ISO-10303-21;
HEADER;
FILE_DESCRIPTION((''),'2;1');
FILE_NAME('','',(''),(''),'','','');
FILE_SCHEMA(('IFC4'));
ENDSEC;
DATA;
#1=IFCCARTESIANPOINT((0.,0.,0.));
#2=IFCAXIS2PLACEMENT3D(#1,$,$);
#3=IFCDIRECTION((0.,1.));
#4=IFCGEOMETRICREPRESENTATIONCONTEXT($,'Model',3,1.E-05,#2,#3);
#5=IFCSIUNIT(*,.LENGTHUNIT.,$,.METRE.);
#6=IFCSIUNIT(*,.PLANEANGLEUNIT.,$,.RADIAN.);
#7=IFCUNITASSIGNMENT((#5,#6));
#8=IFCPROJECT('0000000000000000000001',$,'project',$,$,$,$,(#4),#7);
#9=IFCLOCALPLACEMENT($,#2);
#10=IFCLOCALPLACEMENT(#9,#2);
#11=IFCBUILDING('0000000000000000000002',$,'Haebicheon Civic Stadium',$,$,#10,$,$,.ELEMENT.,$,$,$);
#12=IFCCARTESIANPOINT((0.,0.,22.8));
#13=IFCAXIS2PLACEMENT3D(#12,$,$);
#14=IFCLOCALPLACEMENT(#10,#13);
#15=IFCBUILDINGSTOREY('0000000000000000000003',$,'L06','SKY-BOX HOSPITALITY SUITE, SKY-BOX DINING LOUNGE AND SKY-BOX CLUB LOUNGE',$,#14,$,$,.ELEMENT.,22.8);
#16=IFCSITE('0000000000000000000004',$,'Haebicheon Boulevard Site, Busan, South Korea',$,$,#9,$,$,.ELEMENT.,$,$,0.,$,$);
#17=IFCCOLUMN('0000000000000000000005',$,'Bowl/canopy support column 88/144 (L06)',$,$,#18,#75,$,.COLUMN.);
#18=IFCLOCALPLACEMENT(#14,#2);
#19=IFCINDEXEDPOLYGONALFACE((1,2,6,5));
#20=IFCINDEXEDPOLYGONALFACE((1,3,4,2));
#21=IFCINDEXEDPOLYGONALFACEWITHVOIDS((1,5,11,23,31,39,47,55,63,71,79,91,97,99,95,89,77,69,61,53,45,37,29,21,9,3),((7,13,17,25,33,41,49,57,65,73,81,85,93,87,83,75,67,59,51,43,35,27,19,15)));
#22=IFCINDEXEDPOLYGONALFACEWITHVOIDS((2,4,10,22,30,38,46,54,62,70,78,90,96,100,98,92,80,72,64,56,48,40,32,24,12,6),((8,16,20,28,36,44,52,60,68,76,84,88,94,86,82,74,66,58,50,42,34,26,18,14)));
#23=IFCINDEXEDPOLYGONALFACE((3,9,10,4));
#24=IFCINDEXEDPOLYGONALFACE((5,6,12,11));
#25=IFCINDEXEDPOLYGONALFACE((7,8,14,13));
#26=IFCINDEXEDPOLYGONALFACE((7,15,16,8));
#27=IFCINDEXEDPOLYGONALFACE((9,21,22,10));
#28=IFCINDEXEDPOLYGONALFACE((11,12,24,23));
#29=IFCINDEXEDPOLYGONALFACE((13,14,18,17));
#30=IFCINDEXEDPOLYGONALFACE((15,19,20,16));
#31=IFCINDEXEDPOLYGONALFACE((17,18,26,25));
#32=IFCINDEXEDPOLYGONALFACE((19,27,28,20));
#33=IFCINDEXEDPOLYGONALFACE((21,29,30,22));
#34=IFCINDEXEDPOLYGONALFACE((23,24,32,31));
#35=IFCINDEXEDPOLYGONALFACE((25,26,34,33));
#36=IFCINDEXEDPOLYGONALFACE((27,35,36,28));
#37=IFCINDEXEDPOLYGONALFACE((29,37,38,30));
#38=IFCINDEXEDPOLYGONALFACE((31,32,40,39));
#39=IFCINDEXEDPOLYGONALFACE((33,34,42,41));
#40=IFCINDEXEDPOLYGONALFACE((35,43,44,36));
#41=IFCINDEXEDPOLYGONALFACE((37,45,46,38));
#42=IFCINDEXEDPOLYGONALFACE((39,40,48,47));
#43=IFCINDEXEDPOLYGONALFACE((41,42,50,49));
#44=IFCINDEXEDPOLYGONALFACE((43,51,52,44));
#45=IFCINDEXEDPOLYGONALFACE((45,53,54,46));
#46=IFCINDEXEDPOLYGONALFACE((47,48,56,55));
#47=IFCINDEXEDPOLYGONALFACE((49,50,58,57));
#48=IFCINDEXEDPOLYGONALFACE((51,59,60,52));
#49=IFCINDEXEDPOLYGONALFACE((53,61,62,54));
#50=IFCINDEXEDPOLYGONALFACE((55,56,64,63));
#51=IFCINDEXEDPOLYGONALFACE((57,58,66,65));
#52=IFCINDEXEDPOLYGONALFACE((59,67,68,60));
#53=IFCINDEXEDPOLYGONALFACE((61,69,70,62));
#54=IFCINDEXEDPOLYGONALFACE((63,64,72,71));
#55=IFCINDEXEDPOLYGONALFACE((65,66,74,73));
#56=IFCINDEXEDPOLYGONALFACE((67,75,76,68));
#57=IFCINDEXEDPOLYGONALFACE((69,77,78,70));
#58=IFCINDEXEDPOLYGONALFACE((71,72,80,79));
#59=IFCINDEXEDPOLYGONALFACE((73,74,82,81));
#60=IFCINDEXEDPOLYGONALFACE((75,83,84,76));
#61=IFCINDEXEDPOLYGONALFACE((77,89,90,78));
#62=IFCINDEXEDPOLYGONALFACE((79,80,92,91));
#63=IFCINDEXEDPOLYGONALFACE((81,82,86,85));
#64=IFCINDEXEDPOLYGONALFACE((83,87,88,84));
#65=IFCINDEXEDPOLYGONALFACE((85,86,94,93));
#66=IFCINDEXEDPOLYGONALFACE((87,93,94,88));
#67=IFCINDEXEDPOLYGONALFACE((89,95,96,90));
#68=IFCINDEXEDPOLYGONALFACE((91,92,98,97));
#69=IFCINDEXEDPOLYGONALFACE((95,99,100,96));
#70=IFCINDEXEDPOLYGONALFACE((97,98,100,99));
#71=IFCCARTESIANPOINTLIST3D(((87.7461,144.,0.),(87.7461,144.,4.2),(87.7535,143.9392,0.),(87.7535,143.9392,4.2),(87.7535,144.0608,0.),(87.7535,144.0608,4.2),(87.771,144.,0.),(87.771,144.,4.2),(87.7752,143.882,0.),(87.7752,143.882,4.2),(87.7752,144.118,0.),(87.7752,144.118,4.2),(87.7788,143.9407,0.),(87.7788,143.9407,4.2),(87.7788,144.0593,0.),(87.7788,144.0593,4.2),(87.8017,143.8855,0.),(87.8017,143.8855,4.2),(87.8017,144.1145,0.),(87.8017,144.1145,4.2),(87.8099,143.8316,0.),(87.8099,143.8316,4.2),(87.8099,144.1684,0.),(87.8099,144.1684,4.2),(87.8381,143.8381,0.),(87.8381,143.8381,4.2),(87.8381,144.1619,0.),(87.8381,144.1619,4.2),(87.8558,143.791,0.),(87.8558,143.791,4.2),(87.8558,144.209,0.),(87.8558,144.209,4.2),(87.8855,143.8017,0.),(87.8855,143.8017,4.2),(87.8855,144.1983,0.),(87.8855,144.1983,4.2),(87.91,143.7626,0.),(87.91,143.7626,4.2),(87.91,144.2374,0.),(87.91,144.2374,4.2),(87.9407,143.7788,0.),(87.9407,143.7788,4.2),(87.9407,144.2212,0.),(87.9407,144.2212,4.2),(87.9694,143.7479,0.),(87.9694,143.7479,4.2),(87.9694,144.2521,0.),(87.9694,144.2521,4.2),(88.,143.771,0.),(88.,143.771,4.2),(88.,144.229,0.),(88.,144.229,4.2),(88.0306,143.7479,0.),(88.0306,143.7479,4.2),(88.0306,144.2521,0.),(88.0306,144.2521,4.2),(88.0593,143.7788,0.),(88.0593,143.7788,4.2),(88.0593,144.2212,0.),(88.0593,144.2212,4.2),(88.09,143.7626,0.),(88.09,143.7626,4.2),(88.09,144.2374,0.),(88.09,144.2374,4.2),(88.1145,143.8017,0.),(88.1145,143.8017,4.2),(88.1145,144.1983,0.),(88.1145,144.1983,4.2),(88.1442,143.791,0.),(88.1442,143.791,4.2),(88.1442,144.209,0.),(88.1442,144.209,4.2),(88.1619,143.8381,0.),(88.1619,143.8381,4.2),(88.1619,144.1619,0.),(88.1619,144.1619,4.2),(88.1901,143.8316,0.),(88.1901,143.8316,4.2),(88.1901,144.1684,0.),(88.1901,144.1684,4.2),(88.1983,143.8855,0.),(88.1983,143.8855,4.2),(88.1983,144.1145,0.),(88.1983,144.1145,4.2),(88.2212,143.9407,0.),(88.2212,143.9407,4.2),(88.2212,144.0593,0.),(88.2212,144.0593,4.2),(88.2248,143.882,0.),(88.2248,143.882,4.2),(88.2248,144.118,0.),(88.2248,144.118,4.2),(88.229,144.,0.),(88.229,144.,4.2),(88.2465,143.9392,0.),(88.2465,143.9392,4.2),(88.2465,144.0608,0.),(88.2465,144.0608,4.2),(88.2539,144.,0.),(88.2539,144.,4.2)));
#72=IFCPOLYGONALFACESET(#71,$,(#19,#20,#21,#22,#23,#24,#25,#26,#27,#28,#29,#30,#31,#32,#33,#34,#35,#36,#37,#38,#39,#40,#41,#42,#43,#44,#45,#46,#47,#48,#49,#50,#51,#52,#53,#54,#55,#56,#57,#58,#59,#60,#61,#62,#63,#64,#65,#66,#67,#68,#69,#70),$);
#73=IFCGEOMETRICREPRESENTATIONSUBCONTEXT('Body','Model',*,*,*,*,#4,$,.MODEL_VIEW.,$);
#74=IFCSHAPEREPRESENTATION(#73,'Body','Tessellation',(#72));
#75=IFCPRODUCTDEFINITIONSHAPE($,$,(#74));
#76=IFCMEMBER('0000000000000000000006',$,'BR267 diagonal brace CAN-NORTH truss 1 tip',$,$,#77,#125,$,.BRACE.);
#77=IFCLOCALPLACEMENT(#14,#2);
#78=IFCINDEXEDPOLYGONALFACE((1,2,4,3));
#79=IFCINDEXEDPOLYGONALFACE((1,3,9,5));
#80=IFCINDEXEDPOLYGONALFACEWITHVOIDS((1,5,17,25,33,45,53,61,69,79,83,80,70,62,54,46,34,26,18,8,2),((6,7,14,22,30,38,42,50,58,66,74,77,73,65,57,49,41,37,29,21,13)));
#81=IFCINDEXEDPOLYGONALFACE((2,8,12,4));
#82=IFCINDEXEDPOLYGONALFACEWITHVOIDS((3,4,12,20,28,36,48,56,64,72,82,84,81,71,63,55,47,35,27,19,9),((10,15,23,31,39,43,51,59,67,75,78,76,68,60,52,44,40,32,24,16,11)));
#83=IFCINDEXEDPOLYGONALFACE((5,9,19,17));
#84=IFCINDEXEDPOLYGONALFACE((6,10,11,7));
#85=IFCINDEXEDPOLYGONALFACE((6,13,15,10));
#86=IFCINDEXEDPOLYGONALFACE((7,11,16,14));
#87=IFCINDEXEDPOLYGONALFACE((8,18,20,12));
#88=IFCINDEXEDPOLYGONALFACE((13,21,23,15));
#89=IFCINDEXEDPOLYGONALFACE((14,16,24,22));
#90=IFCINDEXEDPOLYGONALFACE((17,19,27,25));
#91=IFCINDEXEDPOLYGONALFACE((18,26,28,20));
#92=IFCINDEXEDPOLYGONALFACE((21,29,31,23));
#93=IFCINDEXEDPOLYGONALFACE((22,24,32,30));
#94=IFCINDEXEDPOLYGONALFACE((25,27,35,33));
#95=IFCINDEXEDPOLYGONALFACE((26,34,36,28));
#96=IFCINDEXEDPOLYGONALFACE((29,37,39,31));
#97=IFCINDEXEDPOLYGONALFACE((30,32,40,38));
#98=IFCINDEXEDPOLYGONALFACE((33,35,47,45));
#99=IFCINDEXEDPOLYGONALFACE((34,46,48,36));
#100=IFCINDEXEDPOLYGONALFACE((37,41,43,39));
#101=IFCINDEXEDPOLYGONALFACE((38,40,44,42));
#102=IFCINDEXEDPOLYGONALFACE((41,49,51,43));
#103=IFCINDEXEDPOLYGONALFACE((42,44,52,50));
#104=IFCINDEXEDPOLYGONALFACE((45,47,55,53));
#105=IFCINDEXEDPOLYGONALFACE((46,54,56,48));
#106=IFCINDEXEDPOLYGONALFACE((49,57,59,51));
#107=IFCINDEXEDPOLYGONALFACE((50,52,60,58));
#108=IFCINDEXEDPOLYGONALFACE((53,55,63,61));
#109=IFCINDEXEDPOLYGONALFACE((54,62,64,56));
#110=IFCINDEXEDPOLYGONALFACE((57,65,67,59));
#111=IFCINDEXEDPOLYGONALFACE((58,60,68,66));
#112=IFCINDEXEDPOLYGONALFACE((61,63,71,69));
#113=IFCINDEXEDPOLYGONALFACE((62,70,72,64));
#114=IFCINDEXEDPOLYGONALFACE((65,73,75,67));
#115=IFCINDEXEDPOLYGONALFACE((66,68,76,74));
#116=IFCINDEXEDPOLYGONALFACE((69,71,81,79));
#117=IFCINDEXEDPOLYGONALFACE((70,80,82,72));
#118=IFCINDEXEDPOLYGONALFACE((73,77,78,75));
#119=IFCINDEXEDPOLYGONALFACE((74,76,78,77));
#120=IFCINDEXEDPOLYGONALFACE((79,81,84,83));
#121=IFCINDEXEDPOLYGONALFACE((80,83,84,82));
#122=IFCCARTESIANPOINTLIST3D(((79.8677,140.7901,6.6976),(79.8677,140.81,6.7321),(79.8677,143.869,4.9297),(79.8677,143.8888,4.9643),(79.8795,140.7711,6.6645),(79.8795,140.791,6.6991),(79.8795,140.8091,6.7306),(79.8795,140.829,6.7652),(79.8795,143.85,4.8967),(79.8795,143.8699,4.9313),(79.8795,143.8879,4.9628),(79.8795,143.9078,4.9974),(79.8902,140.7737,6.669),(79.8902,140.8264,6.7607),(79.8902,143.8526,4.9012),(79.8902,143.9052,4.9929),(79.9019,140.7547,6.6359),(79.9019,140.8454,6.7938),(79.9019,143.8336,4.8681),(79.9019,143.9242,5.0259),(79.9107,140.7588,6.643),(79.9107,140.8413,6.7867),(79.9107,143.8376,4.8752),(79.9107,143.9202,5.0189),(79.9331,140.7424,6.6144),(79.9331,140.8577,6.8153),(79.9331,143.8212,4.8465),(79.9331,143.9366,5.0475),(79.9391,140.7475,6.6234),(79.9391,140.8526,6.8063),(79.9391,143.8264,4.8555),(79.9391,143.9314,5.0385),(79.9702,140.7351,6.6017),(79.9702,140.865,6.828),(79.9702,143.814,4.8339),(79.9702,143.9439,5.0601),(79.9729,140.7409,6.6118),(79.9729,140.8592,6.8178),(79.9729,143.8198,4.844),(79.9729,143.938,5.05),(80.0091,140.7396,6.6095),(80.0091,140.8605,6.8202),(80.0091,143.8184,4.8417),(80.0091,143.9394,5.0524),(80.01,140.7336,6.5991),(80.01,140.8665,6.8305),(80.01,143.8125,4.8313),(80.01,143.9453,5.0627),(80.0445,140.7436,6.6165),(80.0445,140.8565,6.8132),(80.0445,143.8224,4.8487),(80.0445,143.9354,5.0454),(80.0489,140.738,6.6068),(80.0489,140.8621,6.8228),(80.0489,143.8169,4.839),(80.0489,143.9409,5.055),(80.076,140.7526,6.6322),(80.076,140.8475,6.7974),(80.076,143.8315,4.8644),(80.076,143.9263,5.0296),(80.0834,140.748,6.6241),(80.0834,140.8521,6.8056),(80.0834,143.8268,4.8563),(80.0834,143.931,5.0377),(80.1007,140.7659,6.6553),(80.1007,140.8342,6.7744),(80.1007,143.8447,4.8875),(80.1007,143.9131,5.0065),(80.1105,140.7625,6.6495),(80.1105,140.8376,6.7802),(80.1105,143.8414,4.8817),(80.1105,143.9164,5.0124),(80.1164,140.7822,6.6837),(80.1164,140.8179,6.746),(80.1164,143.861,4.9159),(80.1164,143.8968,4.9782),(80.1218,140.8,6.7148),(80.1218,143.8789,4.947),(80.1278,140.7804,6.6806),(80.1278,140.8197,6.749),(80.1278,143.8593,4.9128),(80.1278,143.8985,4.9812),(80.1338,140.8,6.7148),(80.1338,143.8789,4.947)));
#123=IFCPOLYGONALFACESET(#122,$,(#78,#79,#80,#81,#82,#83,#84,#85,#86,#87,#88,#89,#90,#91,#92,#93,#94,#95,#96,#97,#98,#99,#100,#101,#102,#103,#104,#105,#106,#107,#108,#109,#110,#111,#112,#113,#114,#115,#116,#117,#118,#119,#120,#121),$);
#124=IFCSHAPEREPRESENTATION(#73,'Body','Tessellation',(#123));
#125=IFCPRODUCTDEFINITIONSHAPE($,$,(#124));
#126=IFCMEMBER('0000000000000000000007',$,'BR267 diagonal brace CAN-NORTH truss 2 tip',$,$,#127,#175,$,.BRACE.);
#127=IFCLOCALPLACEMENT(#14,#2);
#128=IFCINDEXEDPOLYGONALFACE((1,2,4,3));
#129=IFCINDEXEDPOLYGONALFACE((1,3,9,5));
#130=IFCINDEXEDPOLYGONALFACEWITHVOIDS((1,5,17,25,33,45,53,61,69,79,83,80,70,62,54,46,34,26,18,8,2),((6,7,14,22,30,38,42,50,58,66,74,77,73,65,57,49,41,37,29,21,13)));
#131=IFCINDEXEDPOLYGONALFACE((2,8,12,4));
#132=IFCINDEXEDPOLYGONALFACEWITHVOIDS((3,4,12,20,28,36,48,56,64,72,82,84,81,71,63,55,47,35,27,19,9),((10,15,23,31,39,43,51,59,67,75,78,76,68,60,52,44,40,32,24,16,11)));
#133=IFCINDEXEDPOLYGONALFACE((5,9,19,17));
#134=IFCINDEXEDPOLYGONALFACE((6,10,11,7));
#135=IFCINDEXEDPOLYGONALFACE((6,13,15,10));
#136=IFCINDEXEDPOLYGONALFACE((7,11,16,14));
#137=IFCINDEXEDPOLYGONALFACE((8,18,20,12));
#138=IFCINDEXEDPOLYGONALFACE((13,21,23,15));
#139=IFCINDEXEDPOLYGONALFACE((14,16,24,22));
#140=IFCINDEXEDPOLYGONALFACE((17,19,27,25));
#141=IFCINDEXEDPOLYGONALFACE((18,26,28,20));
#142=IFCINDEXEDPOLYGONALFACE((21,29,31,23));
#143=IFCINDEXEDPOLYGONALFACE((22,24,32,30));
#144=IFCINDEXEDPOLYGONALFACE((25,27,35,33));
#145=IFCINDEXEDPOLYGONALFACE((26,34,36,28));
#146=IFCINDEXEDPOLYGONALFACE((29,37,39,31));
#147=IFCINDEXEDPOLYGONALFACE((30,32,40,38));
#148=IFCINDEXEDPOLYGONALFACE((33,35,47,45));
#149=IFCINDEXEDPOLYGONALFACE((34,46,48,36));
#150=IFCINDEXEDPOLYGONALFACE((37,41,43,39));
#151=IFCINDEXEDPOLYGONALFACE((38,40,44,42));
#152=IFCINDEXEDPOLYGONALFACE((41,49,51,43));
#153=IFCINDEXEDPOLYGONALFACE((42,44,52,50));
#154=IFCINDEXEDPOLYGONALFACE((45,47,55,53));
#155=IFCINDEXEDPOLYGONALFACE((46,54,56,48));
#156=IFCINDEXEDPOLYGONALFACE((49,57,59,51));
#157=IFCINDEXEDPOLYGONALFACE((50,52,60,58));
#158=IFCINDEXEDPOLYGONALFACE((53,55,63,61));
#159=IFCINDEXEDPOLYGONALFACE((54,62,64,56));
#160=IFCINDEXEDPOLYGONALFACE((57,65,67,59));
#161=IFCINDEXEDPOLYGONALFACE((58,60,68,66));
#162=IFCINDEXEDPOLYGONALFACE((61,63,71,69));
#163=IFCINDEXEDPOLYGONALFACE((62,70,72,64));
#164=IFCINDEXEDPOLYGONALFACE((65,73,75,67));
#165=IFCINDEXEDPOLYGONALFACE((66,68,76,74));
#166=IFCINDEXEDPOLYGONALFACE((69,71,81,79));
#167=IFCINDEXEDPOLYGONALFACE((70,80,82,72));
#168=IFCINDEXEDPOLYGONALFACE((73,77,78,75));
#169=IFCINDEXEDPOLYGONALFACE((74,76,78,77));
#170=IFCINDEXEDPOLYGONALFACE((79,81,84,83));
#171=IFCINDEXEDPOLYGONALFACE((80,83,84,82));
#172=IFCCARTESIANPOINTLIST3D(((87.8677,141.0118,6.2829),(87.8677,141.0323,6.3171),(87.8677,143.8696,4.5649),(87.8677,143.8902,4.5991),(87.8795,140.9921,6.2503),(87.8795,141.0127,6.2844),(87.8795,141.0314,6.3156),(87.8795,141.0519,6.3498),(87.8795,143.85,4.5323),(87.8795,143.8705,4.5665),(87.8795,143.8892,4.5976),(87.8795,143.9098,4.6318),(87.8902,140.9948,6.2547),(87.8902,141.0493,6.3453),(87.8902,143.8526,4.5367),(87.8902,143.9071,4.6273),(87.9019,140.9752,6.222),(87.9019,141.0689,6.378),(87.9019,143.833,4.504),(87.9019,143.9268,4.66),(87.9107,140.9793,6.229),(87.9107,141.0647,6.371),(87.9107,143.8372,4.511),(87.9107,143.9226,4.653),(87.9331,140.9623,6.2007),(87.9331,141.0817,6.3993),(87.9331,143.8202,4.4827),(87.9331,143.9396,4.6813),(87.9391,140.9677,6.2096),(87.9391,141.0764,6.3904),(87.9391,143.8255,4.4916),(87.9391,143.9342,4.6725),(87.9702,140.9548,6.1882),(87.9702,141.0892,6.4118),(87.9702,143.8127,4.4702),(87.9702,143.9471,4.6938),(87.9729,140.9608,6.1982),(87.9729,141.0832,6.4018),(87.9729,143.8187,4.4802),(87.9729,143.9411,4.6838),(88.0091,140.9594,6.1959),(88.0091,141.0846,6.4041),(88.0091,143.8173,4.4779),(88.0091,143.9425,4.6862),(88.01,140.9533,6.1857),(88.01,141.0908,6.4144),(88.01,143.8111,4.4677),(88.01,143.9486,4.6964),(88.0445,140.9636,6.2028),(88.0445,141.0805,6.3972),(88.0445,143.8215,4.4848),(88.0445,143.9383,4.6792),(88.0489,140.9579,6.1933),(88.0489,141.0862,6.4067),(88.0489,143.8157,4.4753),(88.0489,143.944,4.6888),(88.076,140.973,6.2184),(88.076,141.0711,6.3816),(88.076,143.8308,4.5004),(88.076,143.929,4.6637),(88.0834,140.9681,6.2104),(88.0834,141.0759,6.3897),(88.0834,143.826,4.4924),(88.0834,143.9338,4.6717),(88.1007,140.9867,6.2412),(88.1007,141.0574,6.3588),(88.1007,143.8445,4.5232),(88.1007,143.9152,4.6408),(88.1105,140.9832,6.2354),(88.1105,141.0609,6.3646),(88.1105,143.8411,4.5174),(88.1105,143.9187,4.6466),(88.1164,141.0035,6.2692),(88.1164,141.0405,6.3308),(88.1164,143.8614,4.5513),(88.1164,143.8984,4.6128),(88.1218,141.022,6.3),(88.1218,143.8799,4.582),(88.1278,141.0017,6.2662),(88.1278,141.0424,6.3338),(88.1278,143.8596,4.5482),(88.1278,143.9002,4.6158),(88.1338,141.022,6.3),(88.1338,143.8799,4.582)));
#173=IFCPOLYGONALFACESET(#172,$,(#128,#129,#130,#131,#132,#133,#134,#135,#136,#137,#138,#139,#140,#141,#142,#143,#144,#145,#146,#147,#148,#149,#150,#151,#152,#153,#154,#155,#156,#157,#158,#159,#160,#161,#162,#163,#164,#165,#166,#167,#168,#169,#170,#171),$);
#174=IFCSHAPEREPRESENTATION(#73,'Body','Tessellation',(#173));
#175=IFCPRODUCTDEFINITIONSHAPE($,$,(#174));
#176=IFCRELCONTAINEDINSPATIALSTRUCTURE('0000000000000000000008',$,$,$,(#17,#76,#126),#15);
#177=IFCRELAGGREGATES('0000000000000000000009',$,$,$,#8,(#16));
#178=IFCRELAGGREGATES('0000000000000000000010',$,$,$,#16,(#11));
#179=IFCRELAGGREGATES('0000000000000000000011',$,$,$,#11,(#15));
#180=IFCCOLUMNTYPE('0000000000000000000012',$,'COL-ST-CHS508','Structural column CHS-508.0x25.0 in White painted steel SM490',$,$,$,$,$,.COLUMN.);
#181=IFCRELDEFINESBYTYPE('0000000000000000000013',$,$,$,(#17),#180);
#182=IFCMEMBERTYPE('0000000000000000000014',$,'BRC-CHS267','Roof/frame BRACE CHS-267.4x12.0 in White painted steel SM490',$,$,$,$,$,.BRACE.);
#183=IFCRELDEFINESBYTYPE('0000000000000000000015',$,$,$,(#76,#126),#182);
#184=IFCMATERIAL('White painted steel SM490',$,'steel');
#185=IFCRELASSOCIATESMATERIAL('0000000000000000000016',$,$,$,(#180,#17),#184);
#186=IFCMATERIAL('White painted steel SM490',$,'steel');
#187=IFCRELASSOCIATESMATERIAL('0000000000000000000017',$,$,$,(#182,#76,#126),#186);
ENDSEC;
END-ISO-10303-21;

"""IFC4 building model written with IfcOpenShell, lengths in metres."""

from ifc_helpers import new_model, si_unit, direction, frame, origin, origin_2d, place, context, subcontext, project, spatial, hollow_circle, extrude, material, material_profile, profile_set, type_object, element, save


model = new_model("IFC4")

# Units and contexts
model_context = context("Model", 3, precision=1e-05, world=origin(), true_north=direction((0.0, 1.0)))
body_context = subcontext(model_context, "Body", "Model", "MODEL_VIEW")
ifc_project = project(units=[si_unit("LENGTHUNIT", "METRE"), si_unit("PLANEANGLEUNIT", "RADIAN")], contexts=[model_context])

# Site, building, storey
site_placement = place(None, origin())
site = spatial("IfcSite", under=ifc_project, at=site_placement, Name="Haebicheon Boulevard Site, Busan, South Korea", CompositionType="ELEMENT", RefElevation=0.0)
building_placement = place(site_placement, origin())
building = spatial("IfcBuilding", under=site, at=building_placement, Name="Haebicheon Civic Stadium", CompositionType="ELEMENT")
storey_placement = place(building_placement, frame((0.0, 0.0, 22.8)))
storey = spatial("IfcBuildingStorey", under=building, at=storey_placement, Name="L06", Description="SKY-BOX HOSPITALITY SUITE, SKY-BOX DINING LOUNGE AND SKY-BOX CLUB LOUNGE", CompositionType="ELEMENT", Elevation=22.8)

# Column
ifc_material_1 = material(Name="White painted steel SM490", Category="steel")
ifc_material_profile_1 = material_profile(ifc_material_1, hollow_circle(Radius=0.2539, WallThickness=0.0249, at=origin_2d()), Name="CHS-508.0x25.0")
ifc_profile_set_1 = profile_set([ifc_material_profile_1], Name="White painted steel SM490")
column_type = type_object("IfcColumnType", Name="COL-ST-CHS508", Description="Structural column CHS-508.0x25.0 in White painted steel SM490", PredefinedType="COLUMN", material=ifc_profile_set_1)
for number, where, z_axis, x_axis, name in (
    (1, (88.0, 144.0, 0.0), (0.0, 0.0, 1.0), (1.0, 0.0, 0.0), "Bowl/canopy support column 88/144 (L06)"),
):
    element("IfcColumn", number, at=place(storey_placement, frame(where, z_axis=z_axis, x_axis=x_axis)), inside=storey, type_object=column_type, material=ifc_profile_set_1, Name=name, PredefinedType="COLUMN", context=body_context, shape_type="SweptSolid", body=[
        extrude(hollow_circle(Radius=0.2539, WallThickness=0.0249, at=origin_2d()), origin(), (0.0, 0.0, 1.0), 4.2),
    ])

# Members
ifc_material_2 = material(Name="White painted steel SM490", Category="steel")
ifc_material_profile_2 = material_profile(ifc_material_2, hollow_circle(Radius=0.1338, WallThickness=0.012, at=origin_2d()), Name="CHS-267.4x12.0")
ifc_profile_set_2 = profile_set([ifc_material_profile_2], Name="White painted steel SM490")
member_type_1 = type_object("IfcMemberType", Name="BRC-CHS267", Description="Roof/frame BRACE CHS-267.4x12.0 in White painted steel SM490", PredefinedType="BRACE", material=ifc_profile_set_2)
member_1_placement = place(storey_placement, frame((80.0, 143.8789, 4.947), z_axis=(0.0, -0.867213, 0.497937), x_axis=(1.0, 0.0, 0.0)))
element("IfcMember", 2, at=member_1_placement, inside=storey, type_object=member_type_1, material=ifc_profile_set_2, Name="BR267 diagonal brace CAN-NORTH truss 1 tip", PredefinedType="BRACE", context=body_context, shape_type="SweptSolid", body=[
    extrude(hollow_circle(Radius=0.1338, WallThickness=0.012, at=origin_2d()), origin(), (0.0, 0.0, 1.0), 3.5503),
])
member_2_placement = place(storey_placement, frame((88.0, 143.8799, 4.582), z_axis=(0.0, -0.85706, 0.515217), x_axis=(1.0, 0.0, 0.0)))
element("IfcMember", 3, at=member_2_placement, inside=storey, type_object=member_type_1, material=ifc_profile_set_2, Name="BR267 diagonal brace CAN-NORTH truss 2 tip", PredefinedType="BRACE", context=body_context, shape_type="SweptSolid", body=[
    extrude(hollow_circle(Radius=0.1338, WallThickness=0.012, at=origin_2d()), origin(), (0.0, 0.0, 1.0), 3.3345),
])

save(model, "model.ifc")
